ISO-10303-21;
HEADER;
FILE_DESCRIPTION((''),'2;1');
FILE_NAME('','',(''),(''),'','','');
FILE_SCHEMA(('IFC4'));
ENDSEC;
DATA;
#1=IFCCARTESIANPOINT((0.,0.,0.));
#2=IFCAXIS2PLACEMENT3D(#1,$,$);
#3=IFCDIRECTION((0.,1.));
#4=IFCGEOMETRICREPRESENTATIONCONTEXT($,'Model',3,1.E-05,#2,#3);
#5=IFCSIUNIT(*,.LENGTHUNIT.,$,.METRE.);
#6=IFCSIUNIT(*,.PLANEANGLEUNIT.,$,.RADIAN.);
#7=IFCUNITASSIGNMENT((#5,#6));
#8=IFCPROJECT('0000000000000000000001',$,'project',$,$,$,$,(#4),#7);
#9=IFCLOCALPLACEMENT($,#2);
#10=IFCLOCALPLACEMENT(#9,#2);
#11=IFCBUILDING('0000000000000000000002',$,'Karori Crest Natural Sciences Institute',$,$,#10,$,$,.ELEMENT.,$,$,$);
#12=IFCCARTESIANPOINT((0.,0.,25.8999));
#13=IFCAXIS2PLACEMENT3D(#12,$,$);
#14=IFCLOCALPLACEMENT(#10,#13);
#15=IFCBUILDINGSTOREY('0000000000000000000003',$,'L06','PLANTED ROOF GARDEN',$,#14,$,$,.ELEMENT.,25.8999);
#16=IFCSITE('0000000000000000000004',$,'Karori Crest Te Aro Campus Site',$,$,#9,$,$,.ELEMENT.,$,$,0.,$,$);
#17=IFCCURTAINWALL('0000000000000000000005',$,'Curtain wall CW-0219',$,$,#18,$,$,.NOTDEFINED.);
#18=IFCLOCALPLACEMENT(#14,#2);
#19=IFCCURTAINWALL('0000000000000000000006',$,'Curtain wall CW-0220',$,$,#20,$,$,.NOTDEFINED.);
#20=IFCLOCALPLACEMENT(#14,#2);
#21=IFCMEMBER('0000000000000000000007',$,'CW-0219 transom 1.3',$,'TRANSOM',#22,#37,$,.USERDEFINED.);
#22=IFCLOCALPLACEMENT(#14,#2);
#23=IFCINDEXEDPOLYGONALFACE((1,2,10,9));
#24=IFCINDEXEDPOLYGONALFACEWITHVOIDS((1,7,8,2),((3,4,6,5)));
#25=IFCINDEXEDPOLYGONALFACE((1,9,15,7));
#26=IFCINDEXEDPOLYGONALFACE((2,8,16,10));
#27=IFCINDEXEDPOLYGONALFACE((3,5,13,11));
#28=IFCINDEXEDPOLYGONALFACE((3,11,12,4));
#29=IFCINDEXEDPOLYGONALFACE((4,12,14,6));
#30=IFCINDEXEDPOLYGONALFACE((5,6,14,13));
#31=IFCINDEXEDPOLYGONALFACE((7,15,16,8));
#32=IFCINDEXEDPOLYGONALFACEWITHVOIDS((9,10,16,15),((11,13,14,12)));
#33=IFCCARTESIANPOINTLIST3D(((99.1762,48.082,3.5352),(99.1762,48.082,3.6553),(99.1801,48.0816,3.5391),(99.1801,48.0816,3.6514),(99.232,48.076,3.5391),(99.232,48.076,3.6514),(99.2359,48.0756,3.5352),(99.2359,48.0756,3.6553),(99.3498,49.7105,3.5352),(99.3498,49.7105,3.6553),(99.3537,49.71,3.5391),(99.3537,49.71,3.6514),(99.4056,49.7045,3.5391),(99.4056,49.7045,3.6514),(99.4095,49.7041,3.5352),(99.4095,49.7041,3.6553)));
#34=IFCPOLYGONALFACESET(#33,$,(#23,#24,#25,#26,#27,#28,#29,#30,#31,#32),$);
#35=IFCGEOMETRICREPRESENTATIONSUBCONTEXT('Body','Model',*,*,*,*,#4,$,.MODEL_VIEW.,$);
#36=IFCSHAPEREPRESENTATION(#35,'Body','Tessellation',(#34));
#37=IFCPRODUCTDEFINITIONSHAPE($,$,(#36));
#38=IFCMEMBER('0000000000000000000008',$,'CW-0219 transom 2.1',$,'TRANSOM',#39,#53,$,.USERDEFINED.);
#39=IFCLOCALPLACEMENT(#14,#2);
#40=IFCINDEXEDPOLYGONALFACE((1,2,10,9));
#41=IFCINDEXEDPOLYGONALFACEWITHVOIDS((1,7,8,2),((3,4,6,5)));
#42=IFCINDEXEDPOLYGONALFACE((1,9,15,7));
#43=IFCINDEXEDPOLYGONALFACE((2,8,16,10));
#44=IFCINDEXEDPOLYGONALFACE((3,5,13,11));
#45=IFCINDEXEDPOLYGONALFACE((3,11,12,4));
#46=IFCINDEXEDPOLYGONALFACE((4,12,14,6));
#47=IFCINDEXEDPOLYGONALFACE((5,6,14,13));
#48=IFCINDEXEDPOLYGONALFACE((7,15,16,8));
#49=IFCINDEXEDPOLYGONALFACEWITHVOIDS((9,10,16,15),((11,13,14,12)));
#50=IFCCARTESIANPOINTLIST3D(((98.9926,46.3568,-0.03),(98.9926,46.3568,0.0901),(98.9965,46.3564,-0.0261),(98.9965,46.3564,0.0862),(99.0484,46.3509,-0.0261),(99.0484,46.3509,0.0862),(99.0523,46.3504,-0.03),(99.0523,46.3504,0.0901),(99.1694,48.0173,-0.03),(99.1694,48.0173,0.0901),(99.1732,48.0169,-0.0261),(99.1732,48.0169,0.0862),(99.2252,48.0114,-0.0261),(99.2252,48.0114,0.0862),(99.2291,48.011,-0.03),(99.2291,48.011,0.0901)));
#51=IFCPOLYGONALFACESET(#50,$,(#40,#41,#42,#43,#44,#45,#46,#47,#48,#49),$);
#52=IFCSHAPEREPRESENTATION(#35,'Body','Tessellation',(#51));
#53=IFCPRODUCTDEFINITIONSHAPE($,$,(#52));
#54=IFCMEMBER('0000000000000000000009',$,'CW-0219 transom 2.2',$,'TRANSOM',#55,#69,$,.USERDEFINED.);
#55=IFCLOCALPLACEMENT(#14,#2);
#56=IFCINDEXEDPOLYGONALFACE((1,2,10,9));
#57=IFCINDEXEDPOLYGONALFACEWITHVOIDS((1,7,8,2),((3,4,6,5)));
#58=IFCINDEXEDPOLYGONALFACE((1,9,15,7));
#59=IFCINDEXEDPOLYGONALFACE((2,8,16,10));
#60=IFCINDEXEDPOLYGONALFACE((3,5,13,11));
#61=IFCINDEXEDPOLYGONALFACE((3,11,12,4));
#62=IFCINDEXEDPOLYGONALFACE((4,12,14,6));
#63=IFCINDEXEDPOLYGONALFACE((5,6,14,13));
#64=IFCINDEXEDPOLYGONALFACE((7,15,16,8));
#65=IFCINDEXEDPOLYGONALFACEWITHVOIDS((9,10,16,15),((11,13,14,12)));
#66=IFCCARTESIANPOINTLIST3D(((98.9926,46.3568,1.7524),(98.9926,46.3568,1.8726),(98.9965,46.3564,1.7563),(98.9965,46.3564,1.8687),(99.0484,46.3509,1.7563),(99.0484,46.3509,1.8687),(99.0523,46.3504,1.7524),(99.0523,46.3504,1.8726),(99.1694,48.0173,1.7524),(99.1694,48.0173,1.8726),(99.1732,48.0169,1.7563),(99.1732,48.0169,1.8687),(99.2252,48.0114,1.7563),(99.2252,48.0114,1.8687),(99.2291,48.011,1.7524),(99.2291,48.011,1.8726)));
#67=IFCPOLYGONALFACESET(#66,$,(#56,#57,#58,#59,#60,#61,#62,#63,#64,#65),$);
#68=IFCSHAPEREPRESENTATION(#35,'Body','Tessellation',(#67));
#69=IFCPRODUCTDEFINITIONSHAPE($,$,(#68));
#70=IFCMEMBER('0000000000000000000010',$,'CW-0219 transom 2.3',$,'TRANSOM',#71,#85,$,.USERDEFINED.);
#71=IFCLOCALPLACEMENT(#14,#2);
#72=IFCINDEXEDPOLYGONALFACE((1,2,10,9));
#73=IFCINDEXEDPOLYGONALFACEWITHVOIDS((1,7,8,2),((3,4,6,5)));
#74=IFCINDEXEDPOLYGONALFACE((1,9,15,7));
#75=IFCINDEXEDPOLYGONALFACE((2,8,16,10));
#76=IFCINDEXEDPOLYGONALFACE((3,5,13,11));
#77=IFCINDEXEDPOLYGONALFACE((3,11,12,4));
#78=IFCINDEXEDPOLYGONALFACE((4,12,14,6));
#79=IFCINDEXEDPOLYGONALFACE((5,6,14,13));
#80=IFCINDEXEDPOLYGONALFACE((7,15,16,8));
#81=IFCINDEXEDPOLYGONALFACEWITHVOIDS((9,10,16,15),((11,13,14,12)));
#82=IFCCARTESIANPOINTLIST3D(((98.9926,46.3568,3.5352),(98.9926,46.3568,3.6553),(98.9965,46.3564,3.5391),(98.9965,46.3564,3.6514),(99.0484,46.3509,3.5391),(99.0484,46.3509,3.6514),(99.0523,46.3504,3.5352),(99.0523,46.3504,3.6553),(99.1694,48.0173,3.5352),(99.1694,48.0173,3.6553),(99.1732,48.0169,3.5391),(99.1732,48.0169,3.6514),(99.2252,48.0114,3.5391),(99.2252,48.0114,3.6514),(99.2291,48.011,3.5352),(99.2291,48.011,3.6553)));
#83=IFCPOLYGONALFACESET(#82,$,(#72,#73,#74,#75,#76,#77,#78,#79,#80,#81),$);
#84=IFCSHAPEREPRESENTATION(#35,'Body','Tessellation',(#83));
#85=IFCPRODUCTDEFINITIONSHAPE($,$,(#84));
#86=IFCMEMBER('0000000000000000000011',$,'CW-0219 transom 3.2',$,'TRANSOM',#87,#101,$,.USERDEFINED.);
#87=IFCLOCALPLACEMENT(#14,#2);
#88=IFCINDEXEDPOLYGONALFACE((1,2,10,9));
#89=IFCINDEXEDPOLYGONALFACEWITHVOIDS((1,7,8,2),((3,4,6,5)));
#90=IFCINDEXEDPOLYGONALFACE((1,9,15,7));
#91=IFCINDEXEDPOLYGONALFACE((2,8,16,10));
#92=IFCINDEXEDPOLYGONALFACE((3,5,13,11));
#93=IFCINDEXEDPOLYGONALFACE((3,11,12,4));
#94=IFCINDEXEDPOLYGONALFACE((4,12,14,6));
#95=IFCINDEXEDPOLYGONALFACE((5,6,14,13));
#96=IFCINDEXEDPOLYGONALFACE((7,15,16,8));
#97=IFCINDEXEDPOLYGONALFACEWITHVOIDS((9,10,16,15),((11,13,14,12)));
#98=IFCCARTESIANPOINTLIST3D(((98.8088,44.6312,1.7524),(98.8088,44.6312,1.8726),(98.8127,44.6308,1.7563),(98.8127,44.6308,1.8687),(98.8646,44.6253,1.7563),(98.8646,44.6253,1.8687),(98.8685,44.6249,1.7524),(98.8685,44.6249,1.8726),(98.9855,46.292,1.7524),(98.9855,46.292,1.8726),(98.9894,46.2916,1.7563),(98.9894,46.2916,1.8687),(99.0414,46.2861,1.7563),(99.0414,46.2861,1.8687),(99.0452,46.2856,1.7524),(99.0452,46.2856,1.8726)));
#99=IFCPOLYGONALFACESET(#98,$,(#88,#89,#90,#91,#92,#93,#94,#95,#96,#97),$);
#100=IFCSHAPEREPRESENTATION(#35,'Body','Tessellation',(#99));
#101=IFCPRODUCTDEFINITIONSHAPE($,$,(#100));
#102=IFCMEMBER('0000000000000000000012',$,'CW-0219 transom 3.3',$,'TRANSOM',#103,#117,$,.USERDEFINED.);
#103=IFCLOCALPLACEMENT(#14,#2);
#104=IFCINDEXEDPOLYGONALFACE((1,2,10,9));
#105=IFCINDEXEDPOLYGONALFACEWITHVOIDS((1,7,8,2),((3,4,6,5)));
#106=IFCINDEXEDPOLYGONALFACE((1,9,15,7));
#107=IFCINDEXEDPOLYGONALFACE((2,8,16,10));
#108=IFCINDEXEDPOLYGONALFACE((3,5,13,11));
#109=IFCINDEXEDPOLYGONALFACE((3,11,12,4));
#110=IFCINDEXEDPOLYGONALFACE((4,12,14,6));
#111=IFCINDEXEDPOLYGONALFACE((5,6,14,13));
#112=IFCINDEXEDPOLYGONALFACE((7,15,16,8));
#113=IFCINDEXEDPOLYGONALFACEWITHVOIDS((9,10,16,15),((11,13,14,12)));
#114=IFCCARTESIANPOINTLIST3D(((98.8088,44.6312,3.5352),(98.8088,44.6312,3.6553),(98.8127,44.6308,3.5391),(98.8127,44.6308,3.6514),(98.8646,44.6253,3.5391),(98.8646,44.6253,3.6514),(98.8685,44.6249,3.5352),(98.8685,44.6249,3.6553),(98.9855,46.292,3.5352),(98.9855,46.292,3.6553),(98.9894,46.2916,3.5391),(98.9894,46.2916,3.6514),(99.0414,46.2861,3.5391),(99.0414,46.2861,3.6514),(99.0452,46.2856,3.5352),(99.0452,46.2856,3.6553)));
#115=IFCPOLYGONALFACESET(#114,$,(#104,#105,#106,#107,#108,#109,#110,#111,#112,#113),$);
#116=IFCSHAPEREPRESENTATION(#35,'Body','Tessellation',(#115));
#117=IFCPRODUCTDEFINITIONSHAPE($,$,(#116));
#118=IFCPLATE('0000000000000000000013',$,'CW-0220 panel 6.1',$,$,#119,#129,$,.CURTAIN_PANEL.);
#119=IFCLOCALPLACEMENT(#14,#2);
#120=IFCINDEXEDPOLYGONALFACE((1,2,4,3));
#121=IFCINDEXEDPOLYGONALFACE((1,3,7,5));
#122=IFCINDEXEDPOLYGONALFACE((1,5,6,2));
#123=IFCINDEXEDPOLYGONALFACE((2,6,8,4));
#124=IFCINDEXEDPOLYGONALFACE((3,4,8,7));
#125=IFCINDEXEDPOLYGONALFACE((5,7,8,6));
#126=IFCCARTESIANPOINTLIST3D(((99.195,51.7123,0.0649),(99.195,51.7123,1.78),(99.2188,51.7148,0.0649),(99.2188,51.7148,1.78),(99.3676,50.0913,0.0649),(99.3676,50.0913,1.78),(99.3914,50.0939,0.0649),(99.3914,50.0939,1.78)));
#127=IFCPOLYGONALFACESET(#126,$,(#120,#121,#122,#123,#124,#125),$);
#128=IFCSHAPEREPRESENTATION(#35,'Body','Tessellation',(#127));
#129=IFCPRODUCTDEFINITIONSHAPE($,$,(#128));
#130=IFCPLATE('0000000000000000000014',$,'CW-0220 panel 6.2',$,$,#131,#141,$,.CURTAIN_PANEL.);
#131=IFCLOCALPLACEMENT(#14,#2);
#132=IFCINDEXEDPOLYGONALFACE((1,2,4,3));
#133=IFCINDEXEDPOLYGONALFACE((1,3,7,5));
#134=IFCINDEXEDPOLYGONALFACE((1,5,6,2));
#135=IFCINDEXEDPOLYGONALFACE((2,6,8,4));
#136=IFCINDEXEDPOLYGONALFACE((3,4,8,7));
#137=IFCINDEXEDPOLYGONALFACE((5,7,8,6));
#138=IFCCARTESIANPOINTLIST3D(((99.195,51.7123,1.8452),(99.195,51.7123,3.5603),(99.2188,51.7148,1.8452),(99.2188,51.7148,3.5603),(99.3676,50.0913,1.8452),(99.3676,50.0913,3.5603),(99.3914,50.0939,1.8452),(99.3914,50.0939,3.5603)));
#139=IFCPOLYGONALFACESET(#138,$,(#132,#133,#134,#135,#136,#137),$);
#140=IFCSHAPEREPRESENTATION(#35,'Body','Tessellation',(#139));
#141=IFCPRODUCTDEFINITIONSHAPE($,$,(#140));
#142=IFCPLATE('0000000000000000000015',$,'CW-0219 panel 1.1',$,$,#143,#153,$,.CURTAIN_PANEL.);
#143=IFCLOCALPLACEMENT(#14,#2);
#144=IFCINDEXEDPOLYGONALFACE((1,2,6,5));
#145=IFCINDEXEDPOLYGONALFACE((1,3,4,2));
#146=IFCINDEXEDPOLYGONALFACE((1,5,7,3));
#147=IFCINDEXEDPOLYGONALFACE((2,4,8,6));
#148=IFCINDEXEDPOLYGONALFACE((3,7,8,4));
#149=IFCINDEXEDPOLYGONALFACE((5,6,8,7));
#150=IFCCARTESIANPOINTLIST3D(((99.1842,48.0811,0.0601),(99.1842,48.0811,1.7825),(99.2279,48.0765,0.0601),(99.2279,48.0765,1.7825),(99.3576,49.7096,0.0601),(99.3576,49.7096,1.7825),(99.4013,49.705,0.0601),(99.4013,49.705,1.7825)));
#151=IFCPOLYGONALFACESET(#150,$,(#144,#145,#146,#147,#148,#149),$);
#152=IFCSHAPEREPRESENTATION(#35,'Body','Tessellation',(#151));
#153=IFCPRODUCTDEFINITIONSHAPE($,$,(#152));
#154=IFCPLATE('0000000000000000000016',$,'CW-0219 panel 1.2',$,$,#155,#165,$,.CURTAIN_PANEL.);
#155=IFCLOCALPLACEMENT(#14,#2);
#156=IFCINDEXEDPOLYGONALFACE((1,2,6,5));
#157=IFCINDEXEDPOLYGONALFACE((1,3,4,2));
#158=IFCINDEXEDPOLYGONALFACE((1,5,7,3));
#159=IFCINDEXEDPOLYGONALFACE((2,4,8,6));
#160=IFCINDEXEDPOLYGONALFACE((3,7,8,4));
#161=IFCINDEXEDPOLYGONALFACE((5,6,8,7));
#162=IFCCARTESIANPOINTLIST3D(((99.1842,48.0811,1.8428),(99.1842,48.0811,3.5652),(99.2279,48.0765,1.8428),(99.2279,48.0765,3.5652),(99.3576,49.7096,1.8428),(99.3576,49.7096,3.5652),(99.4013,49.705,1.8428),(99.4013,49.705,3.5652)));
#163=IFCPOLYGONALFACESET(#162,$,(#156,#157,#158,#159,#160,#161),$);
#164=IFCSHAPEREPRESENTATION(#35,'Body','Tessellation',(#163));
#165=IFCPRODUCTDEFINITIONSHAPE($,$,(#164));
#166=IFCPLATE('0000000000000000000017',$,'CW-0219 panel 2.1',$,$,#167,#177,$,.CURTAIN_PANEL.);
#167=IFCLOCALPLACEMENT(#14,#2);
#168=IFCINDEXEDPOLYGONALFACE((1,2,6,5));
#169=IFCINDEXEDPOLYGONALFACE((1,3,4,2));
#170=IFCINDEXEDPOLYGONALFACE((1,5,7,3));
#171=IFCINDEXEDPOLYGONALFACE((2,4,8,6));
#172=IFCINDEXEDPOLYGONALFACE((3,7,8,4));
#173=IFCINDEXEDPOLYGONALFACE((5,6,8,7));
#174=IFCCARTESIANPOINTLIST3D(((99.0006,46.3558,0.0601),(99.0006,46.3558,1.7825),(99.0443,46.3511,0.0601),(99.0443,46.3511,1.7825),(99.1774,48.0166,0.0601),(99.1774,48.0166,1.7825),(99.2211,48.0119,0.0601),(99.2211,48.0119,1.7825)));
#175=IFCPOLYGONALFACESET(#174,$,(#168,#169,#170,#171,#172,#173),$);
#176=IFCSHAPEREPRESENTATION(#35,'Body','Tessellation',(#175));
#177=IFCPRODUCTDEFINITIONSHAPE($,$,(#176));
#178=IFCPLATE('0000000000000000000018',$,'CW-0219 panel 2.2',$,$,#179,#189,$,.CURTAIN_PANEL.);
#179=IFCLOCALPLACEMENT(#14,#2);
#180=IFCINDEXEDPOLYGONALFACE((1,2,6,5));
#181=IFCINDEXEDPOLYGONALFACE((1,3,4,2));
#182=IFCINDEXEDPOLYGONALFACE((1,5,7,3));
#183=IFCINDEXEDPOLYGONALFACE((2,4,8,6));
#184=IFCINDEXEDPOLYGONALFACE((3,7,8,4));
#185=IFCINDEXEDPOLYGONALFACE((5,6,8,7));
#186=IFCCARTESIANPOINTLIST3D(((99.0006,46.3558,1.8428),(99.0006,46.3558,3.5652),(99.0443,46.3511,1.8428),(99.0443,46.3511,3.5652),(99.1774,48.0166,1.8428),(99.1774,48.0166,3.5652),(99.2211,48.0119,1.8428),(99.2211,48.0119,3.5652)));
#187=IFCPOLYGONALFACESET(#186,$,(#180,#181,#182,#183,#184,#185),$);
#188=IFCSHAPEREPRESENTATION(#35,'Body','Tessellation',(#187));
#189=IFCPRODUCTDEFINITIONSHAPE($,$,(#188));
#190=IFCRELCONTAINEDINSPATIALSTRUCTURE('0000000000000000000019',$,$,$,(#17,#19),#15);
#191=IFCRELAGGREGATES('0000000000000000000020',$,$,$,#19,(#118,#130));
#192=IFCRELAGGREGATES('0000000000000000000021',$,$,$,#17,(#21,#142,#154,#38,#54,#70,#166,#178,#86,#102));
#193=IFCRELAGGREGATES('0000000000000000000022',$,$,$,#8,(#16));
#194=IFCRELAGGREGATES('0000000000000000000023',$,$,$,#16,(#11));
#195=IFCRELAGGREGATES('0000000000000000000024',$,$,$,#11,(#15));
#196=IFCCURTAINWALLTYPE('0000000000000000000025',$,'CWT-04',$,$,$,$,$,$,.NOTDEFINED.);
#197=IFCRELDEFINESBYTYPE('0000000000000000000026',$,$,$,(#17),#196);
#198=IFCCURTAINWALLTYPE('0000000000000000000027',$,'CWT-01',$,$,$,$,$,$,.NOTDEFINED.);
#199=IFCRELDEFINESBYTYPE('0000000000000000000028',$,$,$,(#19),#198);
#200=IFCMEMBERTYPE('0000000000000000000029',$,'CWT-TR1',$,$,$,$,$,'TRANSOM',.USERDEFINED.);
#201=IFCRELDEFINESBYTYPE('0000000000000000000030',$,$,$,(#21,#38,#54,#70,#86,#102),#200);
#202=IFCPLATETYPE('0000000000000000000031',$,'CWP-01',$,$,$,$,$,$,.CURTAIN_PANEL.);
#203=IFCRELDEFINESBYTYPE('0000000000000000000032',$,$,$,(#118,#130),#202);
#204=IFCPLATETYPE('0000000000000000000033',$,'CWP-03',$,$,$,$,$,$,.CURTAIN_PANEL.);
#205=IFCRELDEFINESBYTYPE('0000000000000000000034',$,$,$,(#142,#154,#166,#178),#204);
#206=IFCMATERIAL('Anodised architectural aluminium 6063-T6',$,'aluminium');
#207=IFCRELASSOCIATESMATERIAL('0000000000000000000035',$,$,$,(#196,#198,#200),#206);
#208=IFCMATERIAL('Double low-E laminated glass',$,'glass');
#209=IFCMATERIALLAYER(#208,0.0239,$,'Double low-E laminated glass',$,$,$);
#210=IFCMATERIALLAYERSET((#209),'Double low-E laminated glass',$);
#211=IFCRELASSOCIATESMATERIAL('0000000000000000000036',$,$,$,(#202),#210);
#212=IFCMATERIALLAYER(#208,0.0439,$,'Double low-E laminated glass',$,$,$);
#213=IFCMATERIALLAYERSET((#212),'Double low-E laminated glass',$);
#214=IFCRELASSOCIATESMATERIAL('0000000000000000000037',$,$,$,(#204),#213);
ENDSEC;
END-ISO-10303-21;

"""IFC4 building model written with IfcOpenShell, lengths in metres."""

from ifc_helpers import new_model, si_unit, direction, frame, origin, origin_2d, place, context, subcontext, project, spatial, rectangle, hollow_rectangle, extrude, material, layer, layer_set, material_profile, profile_set, type_object, element, aggregate, save


model = new_model("IFC4")

# Units and contexts
model_context = context("Model", 3, precision=1e-05, world=origin(), true_north=direction((0.0, 1.0)))
body_context = subcontext(model_context, "Body", "Model", "MODEL_VIEW")
ifc_project = project(units=[si_unit("LENGTHUNIT", "METRE"), si_unit("PLANEANGLEUNIT", "RADIAN")], contexts=[model_context])

# Site, building, storey
site_placement = place(None, origin())
site = spatial("IfcSite", under=ifc_project, at=site_placement, Name="Karori Crest Te Aro Campus Site", CompositionType="ELEMENT", RefElevation=0.0)
building_placement = place(site_placement, origin())
building = spatial("IfcBuilding", under=site, at=building_placement, Name="Karori Crest Natural Sciences Institute", CompositionType="ELEMENT")
storey_placement = place(building_placement, frame((0.0, 0.0, 25.8999)))
storey = spatial("IfcBuildingStorey", under=building, at=storey_placement, Name="L06", Description="PLANTED ROOF GARDEN", CompositionType="ELEMENT", Elevation=25.8999)

# Curtain wall
ifc_material_1 = material(Name="Anodised architectural aluminium 6063-T6", Category="aluminium")
curtain_wall_type_1 = type_object("IfcCurtainWallType", Name="CWT-04", PredefinedType="NOTDEFINED", material=ifc_material_1)
curtain_wall_1_placement = place(storey_placement, origin())
curtain_wall_1 = element("IfcCurtainWall", 1, at=curtain_wall_1_placement, inside=storey, type_object=curtain_wall_type_1, Name="Curtain wall CW-0219", PredefinedType="NOTDEFINED")

# Curtain wall
curtain_wall_type_2 = type_object("IfcCurtainWallType", Name="CWT-01", PredefinedType="NOTDEFINED", material=ifc_material_1)
curtain_wall_2_placement = place(storey_placement, origin())
curtain_wall_2 = element("IfcCurtainWall", 2, at=curtain_wall_2_placement, inside=storey, type_object=curtain_wall_type_2, Name="Curtain wall CW-0220", PredefinedType="NOTDEFINED")

# Members
ifc_material_profile_1 = material_profile(ifc_material_1, hollow_rectangle(XDim=0.0601, YDim=0.1201, WallThickness=0.0039, at=origin_2d()), Name="CWT120x60x4")
ifc_profile_set_1 = profile_set([ifc_material_profile_1], Name="Anodised architectural aluminium 6063-T6")
member_type_1 = type_object("IfcMemberType", Name="CWT-TR1", ElementType="TRANSOM", PredefinedType="USERDEFINED", material=ifc_profile_set_1)
member_1_placement = place(storey_placement, frame((99.3796, 49.7073, 3.5952), z_axis=(-0.105996, -0.994367, 0.0), x_axis=(0.994367, -0.105996, 0.0)))
member_1 = element("IfcMember", 3, at=member_1_placement, type_object=member_type_1, Name="CW-0219 transom 1.3", ObjectType="TRANSOM", PredefinedType="USERDEFINED", context=body_context, shape_type="SweptSolid", body=[
    extrude(hollow_rectangle(XDim=0.0601, YDim=0.1201, WallThickness=0.0039, at=origin_2d()), origin(), (0.0, 0.0, 1.0), 1.6377),
])
member_2_placement = place(storey_placement, frame((99.1992, 48.0142, 0.03), z_axis=(-0.105841, -0.994383, 0.0), x_axis=(0.994383, -0.105841, 0.0)))
member_2 = element("IfcMember", 4, at=member_2_placement, type_object=member_type_1, Name="CW-0219 transom 2.1", ObjectType="TRANSOM", PredefinedType="USERDEFINED", context=body_context, shape_type="SweptSolid", body=[
    extrude(hollow_rectangle(XDim=0.0601, YDim=0.1201, WallThickness=0.0039, at=origin_2d()), origin(), (0.0, 0.0, 1.0), 1.6699),
])
member_3_placement = place(storey_placement, frame((99.1992, 48.0142, 1.8125), z_axis=(-0.105841, -0.994383, 0.0), x_axis=(0.994383, -0.105841, 0.0)))
member_3 = element("IfcMember", 5, at=member_3_placement, type_object=member_type_1, Name="CW-0219 transom 2.2", ObjectType="TRANSOM", PredefinedType="USERDEFINED", context=body_context, shape_type="SweptSolid", body=[
    extrude(hollow_rectangle(XDim=0.0601, YDim=0.1201, WallThickness=0.0039, at=origin_2d()), origin(), (0.0, 0.0, 1.0), 1.6699),
])
member_4_placement = place(storey_placement, frame((99.1992, 48.0142, 3.5952), z_axis=(-0.105841, -0.994383, 0.0), x_axis=(0.994383, -0.105841, 0.0)))
member_4 = element("IfcMember", 6, at=member_4_placement, type_object=member_type_1, Name="CW-0219 transom 2.3", ObjectType="TRANSOM", PredefinedType="USERDEFINED", context=body_context, shape_type="SweptSolid", body=[
    extrude(hollow_rectangle(XDim=0.0601, YDim=0.1201, WallThickness=0.0039, at=origin_2d()), origin(), (0.0, 0.0, 1.0), 1.6699),
])
member_5_placement = place(storey_placement, frame((99.0154, 46.2888, 1.8125), z_axis=(-0.105826, -0.994385, 0.0), x_axis=(0.994385, -0.105826, 0.0)))
member_5 = element("IfcMember", 7, at=member_5_placement, type_object=member_type_1, Name="CW-0219 transom 3.2", ObjectType="TRANSOM", PredefinedType="USERDEFINED", context=body_context, shape_type="SweptSolid", body=[
    extrude(hollow_rectangle(XDim=0.0601, YDim=0.1201, WallThickness=0.0039, at=origin_2d()), origin(), (0.0, 0.0, 1.0), 1.6702),
])
member_6_placement = place(storey_placement, frame((99.0154, 46.2888, 3.5952), z_axis=(-0.105826, -0.994385, 0.0), x_axis=(0.994385, -0.105826, 0.0)))
member_6 = element("IfcMember", 8, at=member_6_placement, type_object=member_type_1, Name="CW-0219 transom 3.3", ObjectType="TRANSOM", PredefinedType="USERDEFINED", context=body_context, shape_type="SweptSolid", body=[
    extrude(hollow_rectangle(XDim=0.0601, YDim=0.1201, WallThickness=0.0039, at=origin_2d()), origin(), (0.0, 0.0, 1.0), 1.6702),
])

# Plates
ifc_material_2 = material(Name="Double low-E laminated glass", Category="glass")
ifc_layer_1 = layer(ifc_material_2, 0.0239, Name="Double low-E laminated glass")
ifc_layer_set_1 = layer_set([ifc_layer_1], Name="Double low-E laminated glass")
plate_type_1 = type_object("IfcPlateType", Name="CWP-01", PredefinedType="CURTAIN_PANEL", material=ifc_layer_set_1)
plate_1_placement = place(storey_placement, frame((99.2932, 50.9031, 0.0649), z_axis=(0.0, 0.0, 1.0), x_axis=(0.105884, -0.994378, 0.0)))
plate_1 = element("IfcPlate", 9, at=plate_1_placement, type_object=plate_type_1, Name="CW-0220 panel 6.1", PredefinedType="CURTAIN_PANEL", context=body_context, shape_type="SweptSolid", body=[
    extrude(rectangle(XDim=1.6301, YDim=0.0239, at=origin_2d()), origin(), (0.0, 0.0, 1.0), 1.7151),
])
plate_2_placement = place(storey_placement, frame((99.2932, 50.9031, 1.8452), z_axis=(0.0, 0.0, 1.0), x_axis=(0.105884, -0.994378, 0.0)))
plate_2 = element("IfcPlate", 10, at=plate_2_placement, type_object=plate_type_1, Name="CW-0220 panel 6.2", PredefinedType="CURTAIN_PANEL", context=body_context, shape_type="SweptSolid", body=[
    extrude(rectangle(XDim=1.6301, YDim=0.0239, at=origin_2d()), origin(), (0.0, 0.0, 1.0), 1.7151),
])
aggregate(curtain_wall_2, [plate_1, plate_2])
ifc_layer_2 = layer(ifc_material_2, 0.0439, Name="Double low-E laminated glass")
ifc_layer_set_2 = layer_set([ifc_layer_2], Name="Double low-E laminated glass")
plate_type_2 = type_object("IfcPlateType", Name="CWP-03", PredefinedType="CURTAIN_PANEL", material=ifc_layer_set_2)
plate_3_placement = place(storey_placement, frame((99.2927, 48.8931, 0.0601), z_axis=(0.0, 0.0, 1.0), x_axis=(-0.105886, -0.994378, 0.0)))
plate_3 = element("IfcPlate", 11, at=plate_3_placement, type_object=plate_type_2, Name="CW-0219 panel 1.1", PredefinedType="CURTAIN_PANEL", context=body_context, shape_type="SweptSolid", body=[
    extrude(rectangle(XDim=1.6377, YDim=0.0439, at=origin_2d()), origin(), (0.0, 0.0, 1.0), 1.7224),
])
plate_4_placement = place(storey_placement, frame((99.2927, 48.8931, 1.8428), z_axis=(0.0, 0.0, 1.0), x_axis=(-0.105886, -0.994378, 0.0)))
plate_4 = element("IfcPlate", 12, at=plate_4_placement, type_object=plate_type_2, Name="CW-0219 panel 1.2", PredefinedType="CURTAIN_PANEL", context=body_context, shape_type="SweptSolid", body=[
    extrude(rectangle(XDim=1.6377, YDim=0.0439, at=origin_2d()), origin(), (0.0, 0.0, 1.0), 1.7224),
])
plate_5_placement = place(storey_placement, frame((99.1108, 47.1838, 0.0601), z_axis=(0.0, 0.0, 1.0), x_axis=(-0.105886, -0.994378, 0.0)))
plate_5 = element("IfcPlate", 13, at=plate_5_placement, type_object=plate_type_2, Name="CW-0219 panel 2.1", PredefinedType="CURTAIN_PANEL", context=body_context, shape_type="SweptSolid", body=[
    extrude(rectangle(XDim=1.6702, YDim=0.0439, at=origin_2d()), origin(), (0.0, 0.0, 1.0), 1.7224),
])
plate_6_placement = place(storey_placement, frame((99.1108, 47.1838, 1.8428), z_axis=(0.0, 0.0, 1.0), x_axis=(-0.105886, -0.994378, 0.0)))
plate_6 = element("IfcPlate", 14, at=plate_6_placement, type_object=plate_type_2, Name="CW-0219 panel 2.2", PredefinedType="CURTAIN_PANEL", context=body_context, shape_type="SweptSolid", body=[
    extrude(rectangle(XDim=1.6702, YDim=0.0439, at=origin_2d()), origin(), (0.0, 0.0, 1.0), 1.7224),
])
aggregate(curtain_wall_1, [member_1, plate_3, plate_4, member_2, member_3, member_4, plate_5, plate_6, member_5, member_6])

save(model, "model.ifc")
